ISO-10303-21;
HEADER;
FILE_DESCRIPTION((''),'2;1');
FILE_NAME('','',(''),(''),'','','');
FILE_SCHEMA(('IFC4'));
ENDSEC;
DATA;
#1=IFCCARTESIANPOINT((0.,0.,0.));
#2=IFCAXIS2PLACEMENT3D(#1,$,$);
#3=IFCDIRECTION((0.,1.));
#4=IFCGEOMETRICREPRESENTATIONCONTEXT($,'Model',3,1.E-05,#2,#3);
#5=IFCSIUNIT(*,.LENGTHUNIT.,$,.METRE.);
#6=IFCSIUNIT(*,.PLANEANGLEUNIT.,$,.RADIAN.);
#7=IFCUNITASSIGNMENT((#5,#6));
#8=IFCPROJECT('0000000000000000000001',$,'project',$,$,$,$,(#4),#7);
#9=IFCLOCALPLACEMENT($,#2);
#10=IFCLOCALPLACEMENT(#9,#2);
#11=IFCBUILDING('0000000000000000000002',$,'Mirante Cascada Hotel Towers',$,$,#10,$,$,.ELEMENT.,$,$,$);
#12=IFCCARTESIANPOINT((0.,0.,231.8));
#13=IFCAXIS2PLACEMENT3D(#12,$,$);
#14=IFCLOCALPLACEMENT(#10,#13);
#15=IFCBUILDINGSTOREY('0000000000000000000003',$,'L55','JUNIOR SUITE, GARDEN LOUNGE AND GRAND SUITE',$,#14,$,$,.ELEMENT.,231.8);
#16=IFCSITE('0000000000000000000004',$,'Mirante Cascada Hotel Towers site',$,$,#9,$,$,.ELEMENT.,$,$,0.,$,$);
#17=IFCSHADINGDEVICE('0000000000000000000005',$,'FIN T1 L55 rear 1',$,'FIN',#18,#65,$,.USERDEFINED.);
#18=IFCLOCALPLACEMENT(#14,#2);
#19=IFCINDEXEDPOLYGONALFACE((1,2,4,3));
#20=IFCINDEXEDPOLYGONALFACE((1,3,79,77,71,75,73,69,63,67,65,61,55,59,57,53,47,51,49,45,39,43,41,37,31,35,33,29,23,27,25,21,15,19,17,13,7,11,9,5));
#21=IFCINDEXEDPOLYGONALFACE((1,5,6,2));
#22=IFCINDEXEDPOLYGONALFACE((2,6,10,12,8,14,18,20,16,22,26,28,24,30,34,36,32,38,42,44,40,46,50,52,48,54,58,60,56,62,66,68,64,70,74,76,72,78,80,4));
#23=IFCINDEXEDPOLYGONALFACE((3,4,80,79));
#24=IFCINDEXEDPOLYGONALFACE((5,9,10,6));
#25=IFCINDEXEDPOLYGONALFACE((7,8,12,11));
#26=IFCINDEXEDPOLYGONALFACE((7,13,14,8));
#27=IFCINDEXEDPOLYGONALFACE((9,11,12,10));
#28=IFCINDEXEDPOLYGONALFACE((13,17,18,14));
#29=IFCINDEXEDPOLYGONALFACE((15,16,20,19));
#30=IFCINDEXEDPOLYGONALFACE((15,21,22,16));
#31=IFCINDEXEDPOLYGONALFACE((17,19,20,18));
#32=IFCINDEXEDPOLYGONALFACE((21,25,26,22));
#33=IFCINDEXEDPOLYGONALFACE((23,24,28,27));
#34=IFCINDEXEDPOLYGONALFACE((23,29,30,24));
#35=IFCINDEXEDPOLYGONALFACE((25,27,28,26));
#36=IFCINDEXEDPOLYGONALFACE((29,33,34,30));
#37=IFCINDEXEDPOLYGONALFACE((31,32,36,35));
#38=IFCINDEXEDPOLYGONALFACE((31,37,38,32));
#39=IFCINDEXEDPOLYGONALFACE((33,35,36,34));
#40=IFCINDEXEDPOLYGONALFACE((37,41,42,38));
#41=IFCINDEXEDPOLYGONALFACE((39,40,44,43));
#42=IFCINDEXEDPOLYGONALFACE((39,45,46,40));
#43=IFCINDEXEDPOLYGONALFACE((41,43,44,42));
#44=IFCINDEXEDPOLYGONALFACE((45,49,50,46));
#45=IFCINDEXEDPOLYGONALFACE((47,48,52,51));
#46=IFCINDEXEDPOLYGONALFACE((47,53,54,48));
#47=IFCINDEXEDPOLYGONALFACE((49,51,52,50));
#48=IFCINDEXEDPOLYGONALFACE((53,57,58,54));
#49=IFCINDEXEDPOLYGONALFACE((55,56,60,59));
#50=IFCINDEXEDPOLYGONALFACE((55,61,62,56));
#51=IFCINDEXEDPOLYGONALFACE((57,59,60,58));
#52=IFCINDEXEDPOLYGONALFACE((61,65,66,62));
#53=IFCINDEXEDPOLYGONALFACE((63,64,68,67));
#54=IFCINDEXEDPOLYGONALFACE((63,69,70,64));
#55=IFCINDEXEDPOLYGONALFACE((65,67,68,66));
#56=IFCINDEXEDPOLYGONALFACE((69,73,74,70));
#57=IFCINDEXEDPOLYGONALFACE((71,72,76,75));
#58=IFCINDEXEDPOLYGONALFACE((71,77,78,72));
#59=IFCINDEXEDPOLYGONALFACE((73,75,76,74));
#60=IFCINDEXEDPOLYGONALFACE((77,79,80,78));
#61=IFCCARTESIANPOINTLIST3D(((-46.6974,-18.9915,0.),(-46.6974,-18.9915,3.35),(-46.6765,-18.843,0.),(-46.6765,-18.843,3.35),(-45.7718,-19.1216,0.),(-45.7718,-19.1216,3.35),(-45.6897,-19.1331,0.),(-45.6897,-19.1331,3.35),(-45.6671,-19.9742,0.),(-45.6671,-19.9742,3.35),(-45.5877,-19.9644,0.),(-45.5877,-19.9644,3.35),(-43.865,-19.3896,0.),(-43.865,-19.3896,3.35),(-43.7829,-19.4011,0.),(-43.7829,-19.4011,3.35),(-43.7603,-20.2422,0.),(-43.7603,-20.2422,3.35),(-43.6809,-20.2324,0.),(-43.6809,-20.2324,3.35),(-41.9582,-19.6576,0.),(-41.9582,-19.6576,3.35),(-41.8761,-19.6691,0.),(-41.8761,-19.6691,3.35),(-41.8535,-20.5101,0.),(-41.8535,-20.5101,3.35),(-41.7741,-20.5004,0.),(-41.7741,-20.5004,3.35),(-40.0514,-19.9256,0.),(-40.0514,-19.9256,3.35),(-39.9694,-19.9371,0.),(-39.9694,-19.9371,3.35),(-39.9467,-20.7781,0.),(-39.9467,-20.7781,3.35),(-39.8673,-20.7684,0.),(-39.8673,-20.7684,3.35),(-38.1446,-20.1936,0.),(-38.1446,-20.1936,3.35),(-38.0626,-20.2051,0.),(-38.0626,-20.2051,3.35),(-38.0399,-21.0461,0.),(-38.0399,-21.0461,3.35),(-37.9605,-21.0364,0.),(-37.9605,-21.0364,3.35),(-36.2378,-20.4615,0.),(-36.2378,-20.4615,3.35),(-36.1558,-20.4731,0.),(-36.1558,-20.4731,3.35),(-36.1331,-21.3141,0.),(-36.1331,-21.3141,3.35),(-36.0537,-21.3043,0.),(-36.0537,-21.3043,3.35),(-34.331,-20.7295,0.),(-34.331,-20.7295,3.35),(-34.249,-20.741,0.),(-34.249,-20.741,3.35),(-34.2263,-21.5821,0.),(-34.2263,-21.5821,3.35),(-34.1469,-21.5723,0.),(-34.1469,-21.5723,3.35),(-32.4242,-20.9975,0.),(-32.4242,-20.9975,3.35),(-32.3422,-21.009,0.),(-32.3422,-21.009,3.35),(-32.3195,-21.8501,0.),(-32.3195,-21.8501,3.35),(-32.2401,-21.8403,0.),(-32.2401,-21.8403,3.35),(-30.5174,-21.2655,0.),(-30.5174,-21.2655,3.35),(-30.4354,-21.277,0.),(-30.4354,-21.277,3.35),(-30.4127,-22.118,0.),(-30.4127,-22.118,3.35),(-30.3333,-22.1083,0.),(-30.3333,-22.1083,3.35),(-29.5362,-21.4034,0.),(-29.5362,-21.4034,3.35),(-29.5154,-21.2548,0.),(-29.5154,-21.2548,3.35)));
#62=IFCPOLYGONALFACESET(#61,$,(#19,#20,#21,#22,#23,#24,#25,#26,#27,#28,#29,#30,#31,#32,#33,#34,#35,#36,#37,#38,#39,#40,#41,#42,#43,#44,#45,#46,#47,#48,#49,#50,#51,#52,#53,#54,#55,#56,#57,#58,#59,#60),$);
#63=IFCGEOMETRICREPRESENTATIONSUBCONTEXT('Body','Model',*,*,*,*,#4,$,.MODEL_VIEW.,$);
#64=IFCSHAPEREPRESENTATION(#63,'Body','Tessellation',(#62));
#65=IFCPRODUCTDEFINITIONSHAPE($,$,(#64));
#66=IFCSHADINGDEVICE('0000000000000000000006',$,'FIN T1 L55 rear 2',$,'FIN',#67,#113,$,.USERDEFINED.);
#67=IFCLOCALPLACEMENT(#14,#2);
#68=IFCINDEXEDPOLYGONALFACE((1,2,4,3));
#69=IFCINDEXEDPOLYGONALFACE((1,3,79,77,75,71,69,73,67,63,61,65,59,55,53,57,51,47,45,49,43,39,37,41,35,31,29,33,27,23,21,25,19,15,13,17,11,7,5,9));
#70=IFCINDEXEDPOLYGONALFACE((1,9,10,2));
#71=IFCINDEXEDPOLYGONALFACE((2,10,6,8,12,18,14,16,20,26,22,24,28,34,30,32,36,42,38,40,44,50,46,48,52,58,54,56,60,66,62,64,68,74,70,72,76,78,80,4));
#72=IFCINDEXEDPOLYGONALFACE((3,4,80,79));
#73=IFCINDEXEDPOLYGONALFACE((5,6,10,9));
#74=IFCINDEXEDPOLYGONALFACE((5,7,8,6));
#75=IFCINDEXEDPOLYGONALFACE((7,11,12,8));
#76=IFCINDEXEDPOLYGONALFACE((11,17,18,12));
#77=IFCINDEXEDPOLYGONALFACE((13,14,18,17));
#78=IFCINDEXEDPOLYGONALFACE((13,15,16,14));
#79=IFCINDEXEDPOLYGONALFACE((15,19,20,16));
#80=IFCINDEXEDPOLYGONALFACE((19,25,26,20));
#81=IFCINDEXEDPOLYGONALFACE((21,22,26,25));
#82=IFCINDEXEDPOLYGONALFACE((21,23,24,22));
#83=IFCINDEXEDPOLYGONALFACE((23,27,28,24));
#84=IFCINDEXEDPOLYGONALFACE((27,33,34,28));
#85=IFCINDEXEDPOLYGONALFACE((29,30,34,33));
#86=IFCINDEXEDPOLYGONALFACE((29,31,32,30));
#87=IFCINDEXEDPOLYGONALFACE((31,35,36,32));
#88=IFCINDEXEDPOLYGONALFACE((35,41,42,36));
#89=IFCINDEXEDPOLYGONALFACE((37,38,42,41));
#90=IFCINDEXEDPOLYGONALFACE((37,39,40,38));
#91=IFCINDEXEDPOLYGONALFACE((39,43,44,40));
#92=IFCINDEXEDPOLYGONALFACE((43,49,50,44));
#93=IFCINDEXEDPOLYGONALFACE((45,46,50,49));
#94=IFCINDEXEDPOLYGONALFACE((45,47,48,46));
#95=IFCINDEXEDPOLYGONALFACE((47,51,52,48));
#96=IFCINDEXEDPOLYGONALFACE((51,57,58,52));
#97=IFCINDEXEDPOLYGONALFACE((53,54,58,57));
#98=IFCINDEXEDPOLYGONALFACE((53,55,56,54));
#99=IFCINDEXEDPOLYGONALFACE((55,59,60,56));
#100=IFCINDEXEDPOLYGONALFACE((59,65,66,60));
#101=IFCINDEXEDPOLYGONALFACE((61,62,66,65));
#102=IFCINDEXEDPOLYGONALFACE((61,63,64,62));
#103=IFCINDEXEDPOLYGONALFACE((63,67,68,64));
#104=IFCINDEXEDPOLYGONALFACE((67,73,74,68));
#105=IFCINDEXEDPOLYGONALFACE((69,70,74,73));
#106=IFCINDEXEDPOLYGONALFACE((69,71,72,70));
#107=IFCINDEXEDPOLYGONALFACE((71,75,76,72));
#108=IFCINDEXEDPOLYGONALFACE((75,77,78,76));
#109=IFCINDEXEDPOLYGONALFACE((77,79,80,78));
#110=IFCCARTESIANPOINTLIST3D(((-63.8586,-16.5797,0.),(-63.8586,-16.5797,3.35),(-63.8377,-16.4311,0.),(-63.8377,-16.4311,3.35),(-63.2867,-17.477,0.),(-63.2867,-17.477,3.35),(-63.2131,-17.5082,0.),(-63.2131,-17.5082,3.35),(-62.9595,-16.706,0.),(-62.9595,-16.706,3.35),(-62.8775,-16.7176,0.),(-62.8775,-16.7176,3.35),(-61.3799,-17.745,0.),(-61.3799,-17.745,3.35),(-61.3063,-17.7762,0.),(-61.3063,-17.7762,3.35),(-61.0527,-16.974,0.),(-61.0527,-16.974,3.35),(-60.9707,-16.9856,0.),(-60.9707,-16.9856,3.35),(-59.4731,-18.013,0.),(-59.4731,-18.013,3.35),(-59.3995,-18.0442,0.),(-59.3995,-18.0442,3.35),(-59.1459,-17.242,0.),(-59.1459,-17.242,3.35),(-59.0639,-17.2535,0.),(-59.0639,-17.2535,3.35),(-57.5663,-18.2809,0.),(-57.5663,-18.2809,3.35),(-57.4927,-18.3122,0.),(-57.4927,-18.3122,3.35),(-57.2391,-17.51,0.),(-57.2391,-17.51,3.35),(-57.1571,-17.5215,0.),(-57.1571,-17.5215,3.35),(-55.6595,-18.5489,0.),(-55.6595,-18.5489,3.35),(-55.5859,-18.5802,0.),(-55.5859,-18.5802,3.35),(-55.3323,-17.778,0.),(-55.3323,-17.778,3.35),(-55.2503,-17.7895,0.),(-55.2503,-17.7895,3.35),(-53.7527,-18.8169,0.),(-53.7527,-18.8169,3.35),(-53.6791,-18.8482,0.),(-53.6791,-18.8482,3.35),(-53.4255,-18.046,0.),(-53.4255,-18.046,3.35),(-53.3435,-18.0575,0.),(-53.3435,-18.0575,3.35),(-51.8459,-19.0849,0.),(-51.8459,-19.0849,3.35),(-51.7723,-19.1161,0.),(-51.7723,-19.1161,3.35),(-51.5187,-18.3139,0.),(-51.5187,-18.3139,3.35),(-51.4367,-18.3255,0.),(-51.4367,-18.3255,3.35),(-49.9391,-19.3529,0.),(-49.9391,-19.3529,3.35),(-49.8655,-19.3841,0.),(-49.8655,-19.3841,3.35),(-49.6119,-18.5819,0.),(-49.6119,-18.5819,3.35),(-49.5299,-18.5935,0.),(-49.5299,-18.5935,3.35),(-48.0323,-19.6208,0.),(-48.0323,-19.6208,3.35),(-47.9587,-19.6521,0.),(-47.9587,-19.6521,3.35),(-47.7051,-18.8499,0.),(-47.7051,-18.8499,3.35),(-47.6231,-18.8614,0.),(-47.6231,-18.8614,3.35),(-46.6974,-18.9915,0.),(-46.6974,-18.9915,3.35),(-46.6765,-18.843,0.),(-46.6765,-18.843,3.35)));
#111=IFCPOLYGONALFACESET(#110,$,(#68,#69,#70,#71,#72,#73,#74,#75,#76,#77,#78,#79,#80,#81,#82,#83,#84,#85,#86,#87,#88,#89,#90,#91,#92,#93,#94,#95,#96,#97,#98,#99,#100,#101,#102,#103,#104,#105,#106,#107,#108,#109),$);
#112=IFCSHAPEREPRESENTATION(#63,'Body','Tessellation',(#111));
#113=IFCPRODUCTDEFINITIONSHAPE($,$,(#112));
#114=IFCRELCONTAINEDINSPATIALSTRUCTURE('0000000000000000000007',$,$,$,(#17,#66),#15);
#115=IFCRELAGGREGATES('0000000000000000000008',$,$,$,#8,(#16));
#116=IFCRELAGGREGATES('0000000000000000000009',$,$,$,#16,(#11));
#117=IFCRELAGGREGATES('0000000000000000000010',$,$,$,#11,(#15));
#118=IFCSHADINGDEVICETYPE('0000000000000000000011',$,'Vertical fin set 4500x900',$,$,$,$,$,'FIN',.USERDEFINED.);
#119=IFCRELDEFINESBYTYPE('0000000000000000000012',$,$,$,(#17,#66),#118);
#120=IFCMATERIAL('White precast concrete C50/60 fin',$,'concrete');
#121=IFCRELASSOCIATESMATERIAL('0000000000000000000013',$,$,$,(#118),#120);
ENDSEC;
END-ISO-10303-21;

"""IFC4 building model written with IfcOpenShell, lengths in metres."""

from ifc_helpers import new_model, si_unit, direction, frame, origin, place, context, subcontext, project, spatial, polyline, outline, extrude, material, type_object, element, save


model = new_model("IFC4")

# Units and contexts
model_context = context("Model", 3, precision=1e-05, world=origin(), true_north=direction((0.0, 1.0)))
body_context = subcontext(model_context, "Body", "Model", "MODEL_VIEW")
ifc_project = project(units=[si_unit("LENGTHUNIT", "METRE"), si_unit("PLANEANGLEUNIT", "RADIAN")], contexts=[model_context])

# Site, building, storey
site_placement = place(None, origin())
site = spatial("IfcSite", under=ifc_project, at=site_placement, Name="Mirante Cascada Hotel Towers site", CompositionType="ELEMENT", RefElevation=0.0)
building_placement = place(site_placement, origin())
building = spatial("IfcBuilding", under=site, at=building_placement, Name="Mirante Cascada Hotel Towers", CompositionType="ELEMENT")
storey_placement = place(building_placement, frame((0.0, 0.0, 231.8)))
storey = spatial("IfcBuildingStorey", under=building, at=storey_placement, Name="L55", Description="JUNIOR SUITE, GARDEN LOUNGE AND GRAND SUITE", CompositionType="ELEMENT", Elevation=231.8)

# Shading devices
ifc_material_1 = material(Name="White precast concrete C50/60 fin", Category="concrete")
shading_device_type = type_object("IfcShadingDeviceType", Name="Vertical fin set 4500x900", ElementType="FIN", PredefinedType="USERDEFINED", material=ifc_material_1)
shading_device_1_placement = place(storey_placement, origin())
element("IfcShadingDevice", 1, at=shading_device_1_placement, inside=storey, type_object=shading_device_type, Name="FIN T1 L55 rear 1", ObjectType="FIN", PredefinedType="USERDEFINED", context=body_context, shape_type="SweptSolid", body=[
    extrude(outline(polyline([(-30.5174, -21.2655), (-32.3422, -21.009), (-32.2401, -21.8403), (-32.3195, -21.8501), (-32.4242, -20.9975), (-34.249, -20.741), (-34.1469, -21.5723), (-34.2263, -21.5821), (-34.331, -20.7295), (-36.1558, -20.4731), (-36.0537, -21.3043), (-36.1331, -21.3141), (-36.2378, -20.4615), (-38.0626, -20.2051), (-37.9605, -21.0364), (-38.0399, -21.0461), (-38.1446, -20.1936), (-39.9694, -19.9371), (-39.8673, -20.7684), (-39.9467, -20.7781), (-40.0514, -19.9256), (-41.8761, -19.6691), (-41.7741, -20.5004), (-41.8535, -20.5101), (-41.9582, -19.6576), (-43.7829, -19.4011), (-43.6809, -20.2324), (-43.7603, -20.2422), (-43.865, -19.3896), (-45.6897, -19.1331), (-45.5877, -19.9644), (-45.6671, -19.9742), (-45.7718, -19.1216), (-46.6974, -18.9915), (-46.6765, -18.843), (-29.5154, -21.2548), (-29.5362, -21.4034), (-30.4354, -21.277), (-30.3333, -22.1083), (-30.4127, -22.118), (-30.5174, -21.2655)])), origin(), (0.0, 0.0, 1.0), 3.35),
])
shading_device_2_placement = place(storey_placement, origin())
element("IfcShadingDevice", 2, at=shading_device_2_placement, inside=storey, type_object=shading_device_type, Name="FIN T1 L55 rear 2", ObjectType="FIN", PredefinedType="USERDEFINED", context=body_context, shape_type="SweptSolid", body=[
    extrude(outline(polyline([(-47.7051, -18.8499), (-49.5299, -18.5935), (-49.8655, -19.3841), (-49.9391, -19.3529), (-49.6119, -18.5819), (-51.4367, -18.3255), (-51.7723, -19.1161), (-51.8459, -19.0849), (-51.5187, -18.3139), (-53.3435, -18.0575), (-53.6791, -18.8482), (-53.7527, -18.8169), (-53.4255, -18.046), (-55.2503, -17.7895), (-55.5859, -18.5802), (-55.6595, -18.5489), (-55.3323, -17.778), (-57.1571, -17.5215), (-57.4927, -18.3122), (-57.5663, -18.2809), (-57.2391, -17.51), (-59.0639, -17.2535), (-59.3995, -18.0442), (-59.4731, -18.013), (-59.1459, -17.242), (-60.9707, -16.9856), (-61.3063, -17.7762), (-61.3799, -17.745), (-61.0527, -16.974), (-62.8775, -16.7176), (-63.2131, -17.5082), (-63.2867, -17.477), (-62.9595, -16.706), (-63.8586, -16.5797), (-63.8377, -16.4311), (-46.6765, -18.843), (-46.6974, -18.9915), (-47.6231, -18.8614), (-47.9587, -19.6521), (-48.0323, -19.6208), (-47.7051, -18.8499)])), origin(), (0.0, 0.0, 1.0), 3.35),
])

save(model, "model.ifc")
